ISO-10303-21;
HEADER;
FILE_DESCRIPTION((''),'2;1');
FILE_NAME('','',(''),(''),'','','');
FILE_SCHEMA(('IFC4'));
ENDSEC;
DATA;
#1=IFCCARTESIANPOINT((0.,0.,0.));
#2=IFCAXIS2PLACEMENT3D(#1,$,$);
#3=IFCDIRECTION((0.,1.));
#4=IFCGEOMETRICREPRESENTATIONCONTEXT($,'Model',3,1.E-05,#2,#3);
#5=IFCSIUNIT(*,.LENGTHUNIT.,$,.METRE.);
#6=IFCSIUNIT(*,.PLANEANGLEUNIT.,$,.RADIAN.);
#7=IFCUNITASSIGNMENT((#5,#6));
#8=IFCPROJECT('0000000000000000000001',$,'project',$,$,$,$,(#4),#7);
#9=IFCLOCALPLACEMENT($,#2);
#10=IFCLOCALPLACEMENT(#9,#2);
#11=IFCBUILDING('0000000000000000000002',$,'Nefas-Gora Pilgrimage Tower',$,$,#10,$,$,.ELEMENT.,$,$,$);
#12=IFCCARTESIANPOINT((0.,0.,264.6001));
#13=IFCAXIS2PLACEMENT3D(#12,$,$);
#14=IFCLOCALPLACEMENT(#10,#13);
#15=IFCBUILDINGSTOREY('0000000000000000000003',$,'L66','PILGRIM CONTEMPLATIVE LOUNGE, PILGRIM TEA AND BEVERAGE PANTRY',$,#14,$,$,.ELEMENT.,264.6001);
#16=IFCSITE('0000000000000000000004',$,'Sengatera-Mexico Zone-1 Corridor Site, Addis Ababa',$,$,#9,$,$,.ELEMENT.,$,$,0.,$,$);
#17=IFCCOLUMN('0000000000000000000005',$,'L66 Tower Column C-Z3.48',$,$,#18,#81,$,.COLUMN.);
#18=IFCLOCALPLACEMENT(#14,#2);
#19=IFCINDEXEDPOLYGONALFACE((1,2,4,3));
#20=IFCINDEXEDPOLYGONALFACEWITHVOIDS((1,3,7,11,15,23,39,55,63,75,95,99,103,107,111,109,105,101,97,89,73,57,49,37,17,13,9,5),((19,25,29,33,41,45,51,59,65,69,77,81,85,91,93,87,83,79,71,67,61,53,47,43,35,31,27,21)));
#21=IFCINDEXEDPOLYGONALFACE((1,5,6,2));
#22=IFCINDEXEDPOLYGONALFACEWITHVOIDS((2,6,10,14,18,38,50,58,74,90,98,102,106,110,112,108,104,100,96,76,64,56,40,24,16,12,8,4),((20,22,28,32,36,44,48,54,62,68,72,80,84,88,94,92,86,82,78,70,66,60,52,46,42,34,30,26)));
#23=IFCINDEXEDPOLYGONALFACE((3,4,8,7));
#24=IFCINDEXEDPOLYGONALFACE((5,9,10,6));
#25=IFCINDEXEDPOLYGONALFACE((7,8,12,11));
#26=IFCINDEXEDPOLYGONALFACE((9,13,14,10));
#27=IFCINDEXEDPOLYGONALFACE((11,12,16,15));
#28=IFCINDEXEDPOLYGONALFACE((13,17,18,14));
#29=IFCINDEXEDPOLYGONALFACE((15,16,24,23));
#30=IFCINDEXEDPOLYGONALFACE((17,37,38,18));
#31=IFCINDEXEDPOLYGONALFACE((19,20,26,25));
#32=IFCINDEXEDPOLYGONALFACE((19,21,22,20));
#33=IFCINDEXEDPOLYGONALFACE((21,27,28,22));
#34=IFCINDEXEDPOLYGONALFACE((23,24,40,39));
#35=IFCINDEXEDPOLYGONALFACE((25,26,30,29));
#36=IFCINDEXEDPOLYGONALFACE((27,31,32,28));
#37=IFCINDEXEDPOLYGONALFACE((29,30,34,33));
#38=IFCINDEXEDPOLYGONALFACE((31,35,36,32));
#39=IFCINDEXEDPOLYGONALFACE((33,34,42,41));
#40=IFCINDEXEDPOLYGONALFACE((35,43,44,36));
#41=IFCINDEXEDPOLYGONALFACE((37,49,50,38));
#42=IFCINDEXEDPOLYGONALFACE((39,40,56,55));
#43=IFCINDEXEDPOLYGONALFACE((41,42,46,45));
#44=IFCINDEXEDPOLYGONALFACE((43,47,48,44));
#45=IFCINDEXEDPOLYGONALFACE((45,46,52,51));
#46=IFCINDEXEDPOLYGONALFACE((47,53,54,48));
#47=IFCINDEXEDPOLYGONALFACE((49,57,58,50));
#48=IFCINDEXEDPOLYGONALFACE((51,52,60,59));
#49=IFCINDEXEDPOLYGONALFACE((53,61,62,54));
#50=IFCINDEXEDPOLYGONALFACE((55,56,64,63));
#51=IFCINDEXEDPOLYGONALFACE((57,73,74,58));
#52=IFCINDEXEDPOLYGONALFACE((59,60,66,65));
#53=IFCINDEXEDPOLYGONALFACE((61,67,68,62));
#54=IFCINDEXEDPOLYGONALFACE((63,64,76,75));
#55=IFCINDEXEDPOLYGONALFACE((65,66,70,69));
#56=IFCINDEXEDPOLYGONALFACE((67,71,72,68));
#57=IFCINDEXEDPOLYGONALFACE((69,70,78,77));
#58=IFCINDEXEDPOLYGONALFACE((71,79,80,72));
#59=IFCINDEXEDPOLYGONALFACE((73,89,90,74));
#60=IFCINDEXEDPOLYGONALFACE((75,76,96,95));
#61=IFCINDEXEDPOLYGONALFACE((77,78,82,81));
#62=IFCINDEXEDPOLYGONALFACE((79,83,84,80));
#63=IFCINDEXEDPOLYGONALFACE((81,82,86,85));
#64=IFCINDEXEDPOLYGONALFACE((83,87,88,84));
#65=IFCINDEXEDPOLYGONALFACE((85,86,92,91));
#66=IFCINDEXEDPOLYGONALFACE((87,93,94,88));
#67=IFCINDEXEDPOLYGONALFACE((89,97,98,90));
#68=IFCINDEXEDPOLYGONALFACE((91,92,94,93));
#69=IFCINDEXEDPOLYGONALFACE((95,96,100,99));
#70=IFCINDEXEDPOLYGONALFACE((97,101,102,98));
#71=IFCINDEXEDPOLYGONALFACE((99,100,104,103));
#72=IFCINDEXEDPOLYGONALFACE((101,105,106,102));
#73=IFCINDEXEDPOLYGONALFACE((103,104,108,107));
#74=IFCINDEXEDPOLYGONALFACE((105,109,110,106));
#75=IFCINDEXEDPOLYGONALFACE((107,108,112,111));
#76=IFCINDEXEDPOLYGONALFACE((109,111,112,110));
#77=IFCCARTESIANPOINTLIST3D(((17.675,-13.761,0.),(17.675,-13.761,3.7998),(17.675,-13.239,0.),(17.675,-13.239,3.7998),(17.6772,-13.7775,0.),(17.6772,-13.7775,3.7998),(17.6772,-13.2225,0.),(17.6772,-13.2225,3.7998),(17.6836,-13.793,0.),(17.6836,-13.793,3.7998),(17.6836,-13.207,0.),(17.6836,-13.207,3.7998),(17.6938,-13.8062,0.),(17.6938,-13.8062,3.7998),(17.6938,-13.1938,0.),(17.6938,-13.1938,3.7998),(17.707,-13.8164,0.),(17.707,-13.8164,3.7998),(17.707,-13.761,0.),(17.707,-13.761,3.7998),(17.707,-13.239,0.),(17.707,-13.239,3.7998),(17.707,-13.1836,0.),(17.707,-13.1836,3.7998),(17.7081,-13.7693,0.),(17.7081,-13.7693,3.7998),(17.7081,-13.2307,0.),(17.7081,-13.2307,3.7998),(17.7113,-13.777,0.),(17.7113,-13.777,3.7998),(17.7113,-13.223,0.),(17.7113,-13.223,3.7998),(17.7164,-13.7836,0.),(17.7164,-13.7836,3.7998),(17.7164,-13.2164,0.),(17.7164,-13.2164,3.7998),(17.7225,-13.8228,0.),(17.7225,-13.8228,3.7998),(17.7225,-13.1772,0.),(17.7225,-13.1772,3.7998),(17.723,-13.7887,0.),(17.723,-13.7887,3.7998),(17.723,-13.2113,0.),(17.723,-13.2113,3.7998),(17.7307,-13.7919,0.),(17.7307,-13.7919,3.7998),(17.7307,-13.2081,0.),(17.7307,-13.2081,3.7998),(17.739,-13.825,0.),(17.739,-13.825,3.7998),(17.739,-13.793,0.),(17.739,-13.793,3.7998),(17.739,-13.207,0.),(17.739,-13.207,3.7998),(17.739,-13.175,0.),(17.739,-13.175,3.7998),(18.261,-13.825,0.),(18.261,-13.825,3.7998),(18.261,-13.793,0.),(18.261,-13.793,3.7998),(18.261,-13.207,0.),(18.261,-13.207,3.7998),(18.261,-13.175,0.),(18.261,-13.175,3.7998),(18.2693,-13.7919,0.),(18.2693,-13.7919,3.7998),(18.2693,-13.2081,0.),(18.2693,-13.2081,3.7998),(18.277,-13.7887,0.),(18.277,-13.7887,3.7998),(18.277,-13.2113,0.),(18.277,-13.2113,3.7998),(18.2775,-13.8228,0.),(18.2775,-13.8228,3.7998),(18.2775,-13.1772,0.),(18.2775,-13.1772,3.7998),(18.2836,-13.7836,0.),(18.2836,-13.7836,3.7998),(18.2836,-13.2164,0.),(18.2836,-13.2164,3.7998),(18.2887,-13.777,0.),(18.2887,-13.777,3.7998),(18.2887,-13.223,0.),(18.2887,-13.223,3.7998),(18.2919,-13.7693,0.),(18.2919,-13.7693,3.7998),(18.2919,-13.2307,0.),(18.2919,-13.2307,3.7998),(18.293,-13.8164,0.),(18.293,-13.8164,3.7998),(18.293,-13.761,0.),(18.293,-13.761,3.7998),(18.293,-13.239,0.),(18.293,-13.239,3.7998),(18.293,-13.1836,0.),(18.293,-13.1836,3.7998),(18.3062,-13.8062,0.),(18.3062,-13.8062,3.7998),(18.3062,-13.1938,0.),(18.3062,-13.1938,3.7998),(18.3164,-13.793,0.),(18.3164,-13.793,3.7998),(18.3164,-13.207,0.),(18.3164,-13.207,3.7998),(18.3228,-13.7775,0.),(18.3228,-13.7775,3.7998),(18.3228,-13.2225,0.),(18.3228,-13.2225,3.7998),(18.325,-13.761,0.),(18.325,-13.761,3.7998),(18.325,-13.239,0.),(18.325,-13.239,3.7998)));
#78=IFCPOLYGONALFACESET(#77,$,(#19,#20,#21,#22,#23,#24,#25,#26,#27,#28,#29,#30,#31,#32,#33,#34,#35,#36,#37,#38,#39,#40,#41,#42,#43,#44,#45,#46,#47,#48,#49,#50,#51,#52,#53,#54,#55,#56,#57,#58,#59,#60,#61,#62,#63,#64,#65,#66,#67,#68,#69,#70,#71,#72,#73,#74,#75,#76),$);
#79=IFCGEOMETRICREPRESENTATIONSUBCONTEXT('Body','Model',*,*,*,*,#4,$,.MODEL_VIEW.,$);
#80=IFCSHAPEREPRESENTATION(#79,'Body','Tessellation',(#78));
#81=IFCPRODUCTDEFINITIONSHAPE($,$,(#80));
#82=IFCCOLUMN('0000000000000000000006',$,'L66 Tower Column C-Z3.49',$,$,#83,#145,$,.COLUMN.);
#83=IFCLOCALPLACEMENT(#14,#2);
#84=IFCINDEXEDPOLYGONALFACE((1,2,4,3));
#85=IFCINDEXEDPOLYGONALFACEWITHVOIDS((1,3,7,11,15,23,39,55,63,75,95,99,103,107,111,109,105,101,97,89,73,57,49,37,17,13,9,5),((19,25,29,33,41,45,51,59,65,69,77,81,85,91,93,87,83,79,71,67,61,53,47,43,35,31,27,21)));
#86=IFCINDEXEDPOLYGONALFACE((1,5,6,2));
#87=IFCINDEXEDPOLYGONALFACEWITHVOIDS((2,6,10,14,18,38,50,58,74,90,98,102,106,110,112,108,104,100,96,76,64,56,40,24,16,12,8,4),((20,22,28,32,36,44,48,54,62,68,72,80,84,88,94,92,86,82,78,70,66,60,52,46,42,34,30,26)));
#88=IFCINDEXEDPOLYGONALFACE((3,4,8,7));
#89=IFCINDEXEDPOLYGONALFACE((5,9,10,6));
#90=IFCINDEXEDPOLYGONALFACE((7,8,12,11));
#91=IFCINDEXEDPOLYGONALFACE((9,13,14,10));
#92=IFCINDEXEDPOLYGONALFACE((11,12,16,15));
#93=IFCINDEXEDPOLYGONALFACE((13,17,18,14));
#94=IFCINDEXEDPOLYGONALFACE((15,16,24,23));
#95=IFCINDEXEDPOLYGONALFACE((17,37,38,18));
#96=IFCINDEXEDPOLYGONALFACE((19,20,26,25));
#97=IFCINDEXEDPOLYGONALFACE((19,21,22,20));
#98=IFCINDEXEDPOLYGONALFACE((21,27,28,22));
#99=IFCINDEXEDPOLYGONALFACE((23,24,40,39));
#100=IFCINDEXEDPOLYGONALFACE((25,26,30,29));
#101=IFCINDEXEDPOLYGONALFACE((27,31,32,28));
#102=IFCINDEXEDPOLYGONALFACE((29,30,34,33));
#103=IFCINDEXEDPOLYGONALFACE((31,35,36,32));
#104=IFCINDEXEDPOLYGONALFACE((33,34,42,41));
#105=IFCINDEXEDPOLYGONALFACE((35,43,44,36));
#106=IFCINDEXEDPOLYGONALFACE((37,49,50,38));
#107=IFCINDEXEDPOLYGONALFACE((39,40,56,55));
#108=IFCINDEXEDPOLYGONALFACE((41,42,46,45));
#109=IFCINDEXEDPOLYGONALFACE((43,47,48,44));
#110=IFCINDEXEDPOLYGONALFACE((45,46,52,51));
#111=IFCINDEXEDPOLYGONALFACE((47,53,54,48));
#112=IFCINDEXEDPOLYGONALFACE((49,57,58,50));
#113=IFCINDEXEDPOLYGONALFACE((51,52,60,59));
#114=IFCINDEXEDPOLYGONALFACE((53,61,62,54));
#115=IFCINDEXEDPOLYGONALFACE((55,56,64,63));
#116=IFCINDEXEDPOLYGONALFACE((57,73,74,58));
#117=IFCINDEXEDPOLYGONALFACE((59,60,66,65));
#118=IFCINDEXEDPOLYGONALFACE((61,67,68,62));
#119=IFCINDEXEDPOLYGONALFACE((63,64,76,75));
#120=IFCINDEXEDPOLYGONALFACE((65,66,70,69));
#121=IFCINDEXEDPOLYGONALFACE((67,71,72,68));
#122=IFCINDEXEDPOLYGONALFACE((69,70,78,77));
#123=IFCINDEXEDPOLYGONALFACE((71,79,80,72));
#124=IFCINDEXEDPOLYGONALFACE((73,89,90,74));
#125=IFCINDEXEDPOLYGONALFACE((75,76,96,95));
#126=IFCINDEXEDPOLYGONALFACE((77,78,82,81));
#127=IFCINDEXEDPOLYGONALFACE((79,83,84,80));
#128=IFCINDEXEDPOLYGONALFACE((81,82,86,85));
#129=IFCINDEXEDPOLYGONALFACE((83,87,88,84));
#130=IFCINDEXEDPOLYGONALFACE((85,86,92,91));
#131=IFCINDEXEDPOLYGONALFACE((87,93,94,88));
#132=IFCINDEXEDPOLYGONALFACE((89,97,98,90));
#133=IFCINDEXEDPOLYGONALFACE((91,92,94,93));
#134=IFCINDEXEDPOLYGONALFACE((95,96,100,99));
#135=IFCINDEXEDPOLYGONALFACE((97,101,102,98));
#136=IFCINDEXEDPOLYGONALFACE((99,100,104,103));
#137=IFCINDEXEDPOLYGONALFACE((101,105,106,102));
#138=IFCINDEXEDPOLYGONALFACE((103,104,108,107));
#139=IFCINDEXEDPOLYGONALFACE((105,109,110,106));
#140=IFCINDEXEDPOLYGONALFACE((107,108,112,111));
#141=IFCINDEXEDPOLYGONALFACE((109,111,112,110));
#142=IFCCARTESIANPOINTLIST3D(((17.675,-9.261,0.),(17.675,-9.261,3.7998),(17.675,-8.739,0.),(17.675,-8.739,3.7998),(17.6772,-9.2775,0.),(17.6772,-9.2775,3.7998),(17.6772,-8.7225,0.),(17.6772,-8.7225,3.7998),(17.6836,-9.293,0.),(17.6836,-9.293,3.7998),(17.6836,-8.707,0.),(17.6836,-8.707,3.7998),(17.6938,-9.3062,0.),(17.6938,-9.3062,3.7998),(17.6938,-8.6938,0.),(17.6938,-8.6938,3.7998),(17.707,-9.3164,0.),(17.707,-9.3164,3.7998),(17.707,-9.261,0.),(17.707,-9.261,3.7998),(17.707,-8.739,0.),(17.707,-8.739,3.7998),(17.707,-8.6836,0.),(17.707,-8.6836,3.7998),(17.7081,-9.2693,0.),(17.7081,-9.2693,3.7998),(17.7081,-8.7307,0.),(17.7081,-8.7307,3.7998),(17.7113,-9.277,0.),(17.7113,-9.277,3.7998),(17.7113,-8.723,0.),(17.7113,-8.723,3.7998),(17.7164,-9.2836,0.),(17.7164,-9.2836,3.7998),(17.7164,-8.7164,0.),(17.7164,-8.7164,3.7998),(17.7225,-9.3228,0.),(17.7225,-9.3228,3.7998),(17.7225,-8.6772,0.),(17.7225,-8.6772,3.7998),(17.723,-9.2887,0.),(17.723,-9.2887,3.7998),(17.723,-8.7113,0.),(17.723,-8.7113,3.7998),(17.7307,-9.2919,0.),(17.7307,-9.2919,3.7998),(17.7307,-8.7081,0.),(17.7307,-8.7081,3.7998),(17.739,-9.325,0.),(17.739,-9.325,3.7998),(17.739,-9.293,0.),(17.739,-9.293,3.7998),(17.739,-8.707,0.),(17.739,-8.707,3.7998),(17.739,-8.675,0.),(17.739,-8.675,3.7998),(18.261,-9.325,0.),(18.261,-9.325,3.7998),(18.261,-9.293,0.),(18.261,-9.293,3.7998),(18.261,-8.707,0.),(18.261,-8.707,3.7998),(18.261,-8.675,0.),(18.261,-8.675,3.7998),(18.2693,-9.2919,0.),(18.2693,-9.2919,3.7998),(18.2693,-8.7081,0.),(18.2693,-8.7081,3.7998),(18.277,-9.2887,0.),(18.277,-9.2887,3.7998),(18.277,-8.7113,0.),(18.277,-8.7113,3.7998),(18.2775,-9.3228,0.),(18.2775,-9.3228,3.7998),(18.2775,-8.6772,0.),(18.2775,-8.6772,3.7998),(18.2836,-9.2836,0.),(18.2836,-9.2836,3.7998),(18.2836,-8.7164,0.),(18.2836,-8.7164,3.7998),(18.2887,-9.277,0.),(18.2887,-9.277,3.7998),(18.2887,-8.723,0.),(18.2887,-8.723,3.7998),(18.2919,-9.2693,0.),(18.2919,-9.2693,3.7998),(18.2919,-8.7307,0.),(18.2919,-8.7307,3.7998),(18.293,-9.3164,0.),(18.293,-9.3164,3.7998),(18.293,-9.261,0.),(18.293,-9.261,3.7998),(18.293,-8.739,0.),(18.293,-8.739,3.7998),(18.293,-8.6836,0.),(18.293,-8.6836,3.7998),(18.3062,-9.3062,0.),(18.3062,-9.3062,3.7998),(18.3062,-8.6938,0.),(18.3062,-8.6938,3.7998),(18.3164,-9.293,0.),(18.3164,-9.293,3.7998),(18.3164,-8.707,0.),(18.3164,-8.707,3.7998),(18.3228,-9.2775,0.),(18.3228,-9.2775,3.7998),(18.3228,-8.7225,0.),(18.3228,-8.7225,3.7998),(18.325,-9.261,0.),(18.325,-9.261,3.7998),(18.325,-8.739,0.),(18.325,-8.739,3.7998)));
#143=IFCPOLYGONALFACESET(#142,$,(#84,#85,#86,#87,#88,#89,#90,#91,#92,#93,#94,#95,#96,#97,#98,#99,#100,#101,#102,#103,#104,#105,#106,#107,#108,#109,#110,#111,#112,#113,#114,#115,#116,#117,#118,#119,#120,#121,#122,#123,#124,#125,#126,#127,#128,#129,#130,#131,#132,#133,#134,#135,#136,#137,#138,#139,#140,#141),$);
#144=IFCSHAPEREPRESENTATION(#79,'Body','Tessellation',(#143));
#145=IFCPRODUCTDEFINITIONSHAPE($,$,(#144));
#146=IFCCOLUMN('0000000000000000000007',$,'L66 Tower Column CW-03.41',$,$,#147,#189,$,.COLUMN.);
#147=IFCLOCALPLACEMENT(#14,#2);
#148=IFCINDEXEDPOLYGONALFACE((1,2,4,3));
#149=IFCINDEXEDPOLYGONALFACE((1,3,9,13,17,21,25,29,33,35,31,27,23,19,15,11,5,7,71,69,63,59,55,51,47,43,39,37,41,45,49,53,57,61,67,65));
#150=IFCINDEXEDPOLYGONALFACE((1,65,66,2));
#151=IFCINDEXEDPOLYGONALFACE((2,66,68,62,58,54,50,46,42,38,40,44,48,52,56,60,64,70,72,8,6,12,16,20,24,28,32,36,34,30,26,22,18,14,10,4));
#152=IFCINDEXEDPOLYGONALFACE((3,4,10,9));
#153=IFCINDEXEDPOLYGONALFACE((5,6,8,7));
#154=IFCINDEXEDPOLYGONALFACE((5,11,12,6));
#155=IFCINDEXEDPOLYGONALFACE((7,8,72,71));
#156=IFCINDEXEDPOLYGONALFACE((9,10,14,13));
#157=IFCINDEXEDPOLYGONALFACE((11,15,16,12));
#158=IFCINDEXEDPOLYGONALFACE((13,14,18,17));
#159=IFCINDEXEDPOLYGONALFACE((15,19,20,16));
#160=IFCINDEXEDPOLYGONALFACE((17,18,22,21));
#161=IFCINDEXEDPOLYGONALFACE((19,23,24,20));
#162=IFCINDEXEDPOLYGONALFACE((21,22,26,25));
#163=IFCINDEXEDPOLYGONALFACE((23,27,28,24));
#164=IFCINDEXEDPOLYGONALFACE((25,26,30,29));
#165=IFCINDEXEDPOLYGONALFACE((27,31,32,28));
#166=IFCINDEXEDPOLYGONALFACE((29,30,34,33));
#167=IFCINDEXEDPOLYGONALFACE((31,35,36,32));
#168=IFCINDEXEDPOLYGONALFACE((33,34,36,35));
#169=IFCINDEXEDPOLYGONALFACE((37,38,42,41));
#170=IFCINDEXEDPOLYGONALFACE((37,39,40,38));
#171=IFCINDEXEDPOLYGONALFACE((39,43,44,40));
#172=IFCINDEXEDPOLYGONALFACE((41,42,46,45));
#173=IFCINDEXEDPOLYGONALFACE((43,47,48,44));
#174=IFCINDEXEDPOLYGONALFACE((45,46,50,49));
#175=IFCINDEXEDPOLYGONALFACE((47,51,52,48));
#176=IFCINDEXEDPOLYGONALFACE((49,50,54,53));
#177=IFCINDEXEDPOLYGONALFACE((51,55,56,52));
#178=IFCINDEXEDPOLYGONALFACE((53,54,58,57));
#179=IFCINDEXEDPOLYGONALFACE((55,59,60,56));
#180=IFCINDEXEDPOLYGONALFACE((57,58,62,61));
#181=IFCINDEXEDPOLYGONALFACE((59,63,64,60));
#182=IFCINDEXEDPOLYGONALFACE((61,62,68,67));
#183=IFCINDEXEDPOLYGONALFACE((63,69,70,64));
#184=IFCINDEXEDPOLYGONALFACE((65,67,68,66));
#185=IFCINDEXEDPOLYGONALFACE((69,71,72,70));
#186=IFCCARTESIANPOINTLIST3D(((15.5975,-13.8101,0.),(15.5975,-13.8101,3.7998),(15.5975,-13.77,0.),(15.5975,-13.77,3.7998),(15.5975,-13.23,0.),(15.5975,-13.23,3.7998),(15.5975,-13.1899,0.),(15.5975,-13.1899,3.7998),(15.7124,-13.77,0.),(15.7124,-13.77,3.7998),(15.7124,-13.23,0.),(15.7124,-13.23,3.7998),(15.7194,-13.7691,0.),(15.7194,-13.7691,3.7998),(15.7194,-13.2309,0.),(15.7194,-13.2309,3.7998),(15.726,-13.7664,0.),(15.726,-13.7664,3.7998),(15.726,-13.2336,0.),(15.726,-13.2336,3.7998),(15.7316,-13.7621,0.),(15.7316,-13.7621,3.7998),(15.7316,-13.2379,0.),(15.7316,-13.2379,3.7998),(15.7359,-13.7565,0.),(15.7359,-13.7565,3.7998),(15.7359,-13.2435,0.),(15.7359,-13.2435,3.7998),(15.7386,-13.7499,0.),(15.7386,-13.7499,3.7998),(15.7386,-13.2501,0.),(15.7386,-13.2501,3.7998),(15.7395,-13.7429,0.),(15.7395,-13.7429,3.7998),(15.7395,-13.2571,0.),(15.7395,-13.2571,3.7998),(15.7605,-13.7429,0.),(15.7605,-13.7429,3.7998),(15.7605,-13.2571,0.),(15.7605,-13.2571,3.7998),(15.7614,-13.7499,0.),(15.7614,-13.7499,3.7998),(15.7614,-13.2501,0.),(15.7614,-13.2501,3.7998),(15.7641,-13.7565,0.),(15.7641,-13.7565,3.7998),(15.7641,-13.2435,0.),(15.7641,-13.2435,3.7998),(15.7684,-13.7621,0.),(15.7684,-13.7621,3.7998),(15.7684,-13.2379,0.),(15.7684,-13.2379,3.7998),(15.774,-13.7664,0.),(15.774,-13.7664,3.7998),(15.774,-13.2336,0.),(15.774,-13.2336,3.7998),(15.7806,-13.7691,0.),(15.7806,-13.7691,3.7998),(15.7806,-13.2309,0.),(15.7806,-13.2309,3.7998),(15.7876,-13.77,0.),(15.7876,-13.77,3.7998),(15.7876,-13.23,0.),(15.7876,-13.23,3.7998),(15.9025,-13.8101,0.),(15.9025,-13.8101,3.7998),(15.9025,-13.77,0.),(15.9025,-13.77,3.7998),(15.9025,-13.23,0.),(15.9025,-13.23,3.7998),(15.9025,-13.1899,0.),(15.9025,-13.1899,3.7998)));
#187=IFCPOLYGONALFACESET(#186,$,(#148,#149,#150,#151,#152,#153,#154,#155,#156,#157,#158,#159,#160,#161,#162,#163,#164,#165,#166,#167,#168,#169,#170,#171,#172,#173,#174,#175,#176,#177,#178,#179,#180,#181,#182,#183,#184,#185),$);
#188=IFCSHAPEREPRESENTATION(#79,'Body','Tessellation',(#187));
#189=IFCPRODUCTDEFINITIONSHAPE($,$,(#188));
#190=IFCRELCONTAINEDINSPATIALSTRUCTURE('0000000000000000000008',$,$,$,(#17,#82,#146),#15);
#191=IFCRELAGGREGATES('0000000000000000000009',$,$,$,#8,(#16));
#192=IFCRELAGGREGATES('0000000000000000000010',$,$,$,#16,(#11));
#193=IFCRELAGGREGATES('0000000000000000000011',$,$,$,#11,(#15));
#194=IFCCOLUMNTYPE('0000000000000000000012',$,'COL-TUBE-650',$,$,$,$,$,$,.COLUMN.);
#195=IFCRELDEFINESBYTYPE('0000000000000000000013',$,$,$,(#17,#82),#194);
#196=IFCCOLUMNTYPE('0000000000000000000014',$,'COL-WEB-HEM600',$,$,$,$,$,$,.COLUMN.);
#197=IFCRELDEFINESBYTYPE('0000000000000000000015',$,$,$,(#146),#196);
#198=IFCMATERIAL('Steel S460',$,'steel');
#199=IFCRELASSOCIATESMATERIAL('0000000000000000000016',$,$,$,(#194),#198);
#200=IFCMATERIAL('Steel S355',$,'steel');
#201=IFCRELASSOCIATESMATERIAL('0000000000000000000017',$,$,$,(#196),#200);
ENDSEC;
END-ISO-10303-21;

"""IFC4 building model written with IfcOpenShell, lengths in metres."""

from ifc_helpers import new_model, si_unit, direction, frame, origin, origin_2d, place, context, subcontext, project, spatial, hollow_rectangle, i_section, extrude, source, transform, mapped, material, material_profile, profile_set, type_object, element, save


model = new_model("IFC4")

# Units and contexts
model_context = context("Model", 3, precision=1e-05, world=origin(), true_north=direction((0.0, 1.0)))
body_context = subcontext(model_context, "Body", "Model", "MODEL_VIEW")
ifc_project = project(units=[si_unit("LENGTHUNIT", "METRE"), si_unit("PLANEANGLEUNIT", "RADIAN")], contexts=[model_context])

# Site, building, storey
site_placement = place(None, origin())
site = spatial("IfcSite", under=ifc_project, at=site_placement, Name="Sengatera-Mexico Zone-1 Corridor Site, Addis Ababa", CompositionType="ELEMENT", RefElevation=0.0)
building_placement = place(site_placement, origin())
building = spatial("IfcBuilding", under=site, at=building_placement, Name="Nefas-Gora Pilgrimage Tower", CompositionType="ELEMENT")
storey_placement = place(building_placement, frame((0.0, 0.0, 264.6001)))
storey = spatial("IfcBuildingStorey", under=building, at=storey_placement, Name="L66", Description="PILGRIM CONTEMPLATIVE LOUNGE, PILGRIM TEA AND BEVERAGE PANTRY", CompositionType="ELEMENT", Elevation=264.6001)

# Columns
ifc_material_1 = material(Name="Steel S460", Category="steel")
ifc_material_profile_1 = material_profile(ifc_material_1, hollow_rectangle(XDim=0.6499, YDim=0.6499, WallThickness=0.032, InnerFilletRadius=0.032, OuterFilletRadius=0.064, at=origin_2d()), Name="BOX 650x650x32")
ifc_profile_set_1 = profile_set([ifc_material_profile_1], Name="Steel S460")
column_type_1 = type_object("IfcColumnType", Name="COL-TUBE-650", PredefinedType="COLUMN", material=ifc_profile_set_1)
shared_shape_1 = source(origin(), body_context, "Body", "SweptSolid", [
    extrude(hollow_rectangle(XDim=0.6499, YDim=0.6499, WallThickness=0.032, InnerFilletRadius=0.032, OuterFilletRadius=0.064, at=origin_2d()), origin(), (0.0, 0.0, 1.0), 3.7998),
])
for number, where, z_axis, x_axis, name in (
    (1, (18.0, -13.5, 0.0), (0.0, 0.0, 1.0), (1.0, 0.0, 0.0), "L66 Tower Column C-Z3.48"),
    (2, (18.0, -9.0, 0.0), (0.0, 0.0, 1.0), (1.0, 0.0, 0.0), "L66 Tower Column C-Z3.49"),
):
    element("IfcColumn", number, at=place(storey_placement, frame(where, z_axis=z_axis, x_axis=x_axis)), inside=storey, type_object=column_type_1, Name=name, PredefinedType="COLUMN", context=body_context, shape_type="MappedRepresentation", body=[
        mapped(shared_shape_1, transform((0.0, 0.0, 0.0), x_axis=(1.0, 0.0, 0.0), y_axis=(0.0, 1.0, 0.0), z_axis=(0.0, 0.0, 1.0), scale=1.0)),
    ])
ifc_material_2 = material(Name="Steel S355", Category="steel")
ifc_material_profile_2 = material_profile(ifc_material_2, i_section(OverallWidth=0.3049, OverallDepth=0.6201, WebThickness=0.021, FlangeThickness=0.04, FilletRadius=0.0271, at=origin_2d()), Name="HEM 600")
ifc_profile_set_2 = profile_set([ifc_material_profile_2], Name="Steel S355")
column_type_2 = type_object("IfcColumnType", Name="COL-WEB-HEM600", PredefinedType="COLUMN", material=ifc_profile_set_2)
shared_shape_2 = source(origin(), body_context, "Body", "SweptSolid", [
    extrude(i_section(OverallWidth=0.3049, OverallDepth=0.6201, WebThickness=0.021, FlangeThickness=0.04, FilletRadius=0.0271, at=origin_2d()), origin(), (0.0, 0.0, 1.0), 3.7998),
])
for number, where, z_axis, x_axis, name in (
    (3, (15.75, -13.5, 0.0), (0.0, 0.0, 1.0), (1.0, 0.0, 0.0), "L66 Tower Column CW-03.41"),
):
    element("IfcColumn", number, at=place(storey_placement, frame(where, z_axis=z_axis, x_axis=x_axis)), inside=storey, type_object=column_type_2, Name=name, PredefinedType="COLUMN", context=body_context, shape_type="MappedRepresentation", body=[
        mapped(shared_shape_2, transform((0.0, 0.0, 0.0), x_axis=(1.0, 0.0, 0.0), y_axis=(0.0, 1.0, 0.0), z_axis=(0.0, 0.0, 1.0), scale=1.0)),
    ])

save(model, "model.ifc")
